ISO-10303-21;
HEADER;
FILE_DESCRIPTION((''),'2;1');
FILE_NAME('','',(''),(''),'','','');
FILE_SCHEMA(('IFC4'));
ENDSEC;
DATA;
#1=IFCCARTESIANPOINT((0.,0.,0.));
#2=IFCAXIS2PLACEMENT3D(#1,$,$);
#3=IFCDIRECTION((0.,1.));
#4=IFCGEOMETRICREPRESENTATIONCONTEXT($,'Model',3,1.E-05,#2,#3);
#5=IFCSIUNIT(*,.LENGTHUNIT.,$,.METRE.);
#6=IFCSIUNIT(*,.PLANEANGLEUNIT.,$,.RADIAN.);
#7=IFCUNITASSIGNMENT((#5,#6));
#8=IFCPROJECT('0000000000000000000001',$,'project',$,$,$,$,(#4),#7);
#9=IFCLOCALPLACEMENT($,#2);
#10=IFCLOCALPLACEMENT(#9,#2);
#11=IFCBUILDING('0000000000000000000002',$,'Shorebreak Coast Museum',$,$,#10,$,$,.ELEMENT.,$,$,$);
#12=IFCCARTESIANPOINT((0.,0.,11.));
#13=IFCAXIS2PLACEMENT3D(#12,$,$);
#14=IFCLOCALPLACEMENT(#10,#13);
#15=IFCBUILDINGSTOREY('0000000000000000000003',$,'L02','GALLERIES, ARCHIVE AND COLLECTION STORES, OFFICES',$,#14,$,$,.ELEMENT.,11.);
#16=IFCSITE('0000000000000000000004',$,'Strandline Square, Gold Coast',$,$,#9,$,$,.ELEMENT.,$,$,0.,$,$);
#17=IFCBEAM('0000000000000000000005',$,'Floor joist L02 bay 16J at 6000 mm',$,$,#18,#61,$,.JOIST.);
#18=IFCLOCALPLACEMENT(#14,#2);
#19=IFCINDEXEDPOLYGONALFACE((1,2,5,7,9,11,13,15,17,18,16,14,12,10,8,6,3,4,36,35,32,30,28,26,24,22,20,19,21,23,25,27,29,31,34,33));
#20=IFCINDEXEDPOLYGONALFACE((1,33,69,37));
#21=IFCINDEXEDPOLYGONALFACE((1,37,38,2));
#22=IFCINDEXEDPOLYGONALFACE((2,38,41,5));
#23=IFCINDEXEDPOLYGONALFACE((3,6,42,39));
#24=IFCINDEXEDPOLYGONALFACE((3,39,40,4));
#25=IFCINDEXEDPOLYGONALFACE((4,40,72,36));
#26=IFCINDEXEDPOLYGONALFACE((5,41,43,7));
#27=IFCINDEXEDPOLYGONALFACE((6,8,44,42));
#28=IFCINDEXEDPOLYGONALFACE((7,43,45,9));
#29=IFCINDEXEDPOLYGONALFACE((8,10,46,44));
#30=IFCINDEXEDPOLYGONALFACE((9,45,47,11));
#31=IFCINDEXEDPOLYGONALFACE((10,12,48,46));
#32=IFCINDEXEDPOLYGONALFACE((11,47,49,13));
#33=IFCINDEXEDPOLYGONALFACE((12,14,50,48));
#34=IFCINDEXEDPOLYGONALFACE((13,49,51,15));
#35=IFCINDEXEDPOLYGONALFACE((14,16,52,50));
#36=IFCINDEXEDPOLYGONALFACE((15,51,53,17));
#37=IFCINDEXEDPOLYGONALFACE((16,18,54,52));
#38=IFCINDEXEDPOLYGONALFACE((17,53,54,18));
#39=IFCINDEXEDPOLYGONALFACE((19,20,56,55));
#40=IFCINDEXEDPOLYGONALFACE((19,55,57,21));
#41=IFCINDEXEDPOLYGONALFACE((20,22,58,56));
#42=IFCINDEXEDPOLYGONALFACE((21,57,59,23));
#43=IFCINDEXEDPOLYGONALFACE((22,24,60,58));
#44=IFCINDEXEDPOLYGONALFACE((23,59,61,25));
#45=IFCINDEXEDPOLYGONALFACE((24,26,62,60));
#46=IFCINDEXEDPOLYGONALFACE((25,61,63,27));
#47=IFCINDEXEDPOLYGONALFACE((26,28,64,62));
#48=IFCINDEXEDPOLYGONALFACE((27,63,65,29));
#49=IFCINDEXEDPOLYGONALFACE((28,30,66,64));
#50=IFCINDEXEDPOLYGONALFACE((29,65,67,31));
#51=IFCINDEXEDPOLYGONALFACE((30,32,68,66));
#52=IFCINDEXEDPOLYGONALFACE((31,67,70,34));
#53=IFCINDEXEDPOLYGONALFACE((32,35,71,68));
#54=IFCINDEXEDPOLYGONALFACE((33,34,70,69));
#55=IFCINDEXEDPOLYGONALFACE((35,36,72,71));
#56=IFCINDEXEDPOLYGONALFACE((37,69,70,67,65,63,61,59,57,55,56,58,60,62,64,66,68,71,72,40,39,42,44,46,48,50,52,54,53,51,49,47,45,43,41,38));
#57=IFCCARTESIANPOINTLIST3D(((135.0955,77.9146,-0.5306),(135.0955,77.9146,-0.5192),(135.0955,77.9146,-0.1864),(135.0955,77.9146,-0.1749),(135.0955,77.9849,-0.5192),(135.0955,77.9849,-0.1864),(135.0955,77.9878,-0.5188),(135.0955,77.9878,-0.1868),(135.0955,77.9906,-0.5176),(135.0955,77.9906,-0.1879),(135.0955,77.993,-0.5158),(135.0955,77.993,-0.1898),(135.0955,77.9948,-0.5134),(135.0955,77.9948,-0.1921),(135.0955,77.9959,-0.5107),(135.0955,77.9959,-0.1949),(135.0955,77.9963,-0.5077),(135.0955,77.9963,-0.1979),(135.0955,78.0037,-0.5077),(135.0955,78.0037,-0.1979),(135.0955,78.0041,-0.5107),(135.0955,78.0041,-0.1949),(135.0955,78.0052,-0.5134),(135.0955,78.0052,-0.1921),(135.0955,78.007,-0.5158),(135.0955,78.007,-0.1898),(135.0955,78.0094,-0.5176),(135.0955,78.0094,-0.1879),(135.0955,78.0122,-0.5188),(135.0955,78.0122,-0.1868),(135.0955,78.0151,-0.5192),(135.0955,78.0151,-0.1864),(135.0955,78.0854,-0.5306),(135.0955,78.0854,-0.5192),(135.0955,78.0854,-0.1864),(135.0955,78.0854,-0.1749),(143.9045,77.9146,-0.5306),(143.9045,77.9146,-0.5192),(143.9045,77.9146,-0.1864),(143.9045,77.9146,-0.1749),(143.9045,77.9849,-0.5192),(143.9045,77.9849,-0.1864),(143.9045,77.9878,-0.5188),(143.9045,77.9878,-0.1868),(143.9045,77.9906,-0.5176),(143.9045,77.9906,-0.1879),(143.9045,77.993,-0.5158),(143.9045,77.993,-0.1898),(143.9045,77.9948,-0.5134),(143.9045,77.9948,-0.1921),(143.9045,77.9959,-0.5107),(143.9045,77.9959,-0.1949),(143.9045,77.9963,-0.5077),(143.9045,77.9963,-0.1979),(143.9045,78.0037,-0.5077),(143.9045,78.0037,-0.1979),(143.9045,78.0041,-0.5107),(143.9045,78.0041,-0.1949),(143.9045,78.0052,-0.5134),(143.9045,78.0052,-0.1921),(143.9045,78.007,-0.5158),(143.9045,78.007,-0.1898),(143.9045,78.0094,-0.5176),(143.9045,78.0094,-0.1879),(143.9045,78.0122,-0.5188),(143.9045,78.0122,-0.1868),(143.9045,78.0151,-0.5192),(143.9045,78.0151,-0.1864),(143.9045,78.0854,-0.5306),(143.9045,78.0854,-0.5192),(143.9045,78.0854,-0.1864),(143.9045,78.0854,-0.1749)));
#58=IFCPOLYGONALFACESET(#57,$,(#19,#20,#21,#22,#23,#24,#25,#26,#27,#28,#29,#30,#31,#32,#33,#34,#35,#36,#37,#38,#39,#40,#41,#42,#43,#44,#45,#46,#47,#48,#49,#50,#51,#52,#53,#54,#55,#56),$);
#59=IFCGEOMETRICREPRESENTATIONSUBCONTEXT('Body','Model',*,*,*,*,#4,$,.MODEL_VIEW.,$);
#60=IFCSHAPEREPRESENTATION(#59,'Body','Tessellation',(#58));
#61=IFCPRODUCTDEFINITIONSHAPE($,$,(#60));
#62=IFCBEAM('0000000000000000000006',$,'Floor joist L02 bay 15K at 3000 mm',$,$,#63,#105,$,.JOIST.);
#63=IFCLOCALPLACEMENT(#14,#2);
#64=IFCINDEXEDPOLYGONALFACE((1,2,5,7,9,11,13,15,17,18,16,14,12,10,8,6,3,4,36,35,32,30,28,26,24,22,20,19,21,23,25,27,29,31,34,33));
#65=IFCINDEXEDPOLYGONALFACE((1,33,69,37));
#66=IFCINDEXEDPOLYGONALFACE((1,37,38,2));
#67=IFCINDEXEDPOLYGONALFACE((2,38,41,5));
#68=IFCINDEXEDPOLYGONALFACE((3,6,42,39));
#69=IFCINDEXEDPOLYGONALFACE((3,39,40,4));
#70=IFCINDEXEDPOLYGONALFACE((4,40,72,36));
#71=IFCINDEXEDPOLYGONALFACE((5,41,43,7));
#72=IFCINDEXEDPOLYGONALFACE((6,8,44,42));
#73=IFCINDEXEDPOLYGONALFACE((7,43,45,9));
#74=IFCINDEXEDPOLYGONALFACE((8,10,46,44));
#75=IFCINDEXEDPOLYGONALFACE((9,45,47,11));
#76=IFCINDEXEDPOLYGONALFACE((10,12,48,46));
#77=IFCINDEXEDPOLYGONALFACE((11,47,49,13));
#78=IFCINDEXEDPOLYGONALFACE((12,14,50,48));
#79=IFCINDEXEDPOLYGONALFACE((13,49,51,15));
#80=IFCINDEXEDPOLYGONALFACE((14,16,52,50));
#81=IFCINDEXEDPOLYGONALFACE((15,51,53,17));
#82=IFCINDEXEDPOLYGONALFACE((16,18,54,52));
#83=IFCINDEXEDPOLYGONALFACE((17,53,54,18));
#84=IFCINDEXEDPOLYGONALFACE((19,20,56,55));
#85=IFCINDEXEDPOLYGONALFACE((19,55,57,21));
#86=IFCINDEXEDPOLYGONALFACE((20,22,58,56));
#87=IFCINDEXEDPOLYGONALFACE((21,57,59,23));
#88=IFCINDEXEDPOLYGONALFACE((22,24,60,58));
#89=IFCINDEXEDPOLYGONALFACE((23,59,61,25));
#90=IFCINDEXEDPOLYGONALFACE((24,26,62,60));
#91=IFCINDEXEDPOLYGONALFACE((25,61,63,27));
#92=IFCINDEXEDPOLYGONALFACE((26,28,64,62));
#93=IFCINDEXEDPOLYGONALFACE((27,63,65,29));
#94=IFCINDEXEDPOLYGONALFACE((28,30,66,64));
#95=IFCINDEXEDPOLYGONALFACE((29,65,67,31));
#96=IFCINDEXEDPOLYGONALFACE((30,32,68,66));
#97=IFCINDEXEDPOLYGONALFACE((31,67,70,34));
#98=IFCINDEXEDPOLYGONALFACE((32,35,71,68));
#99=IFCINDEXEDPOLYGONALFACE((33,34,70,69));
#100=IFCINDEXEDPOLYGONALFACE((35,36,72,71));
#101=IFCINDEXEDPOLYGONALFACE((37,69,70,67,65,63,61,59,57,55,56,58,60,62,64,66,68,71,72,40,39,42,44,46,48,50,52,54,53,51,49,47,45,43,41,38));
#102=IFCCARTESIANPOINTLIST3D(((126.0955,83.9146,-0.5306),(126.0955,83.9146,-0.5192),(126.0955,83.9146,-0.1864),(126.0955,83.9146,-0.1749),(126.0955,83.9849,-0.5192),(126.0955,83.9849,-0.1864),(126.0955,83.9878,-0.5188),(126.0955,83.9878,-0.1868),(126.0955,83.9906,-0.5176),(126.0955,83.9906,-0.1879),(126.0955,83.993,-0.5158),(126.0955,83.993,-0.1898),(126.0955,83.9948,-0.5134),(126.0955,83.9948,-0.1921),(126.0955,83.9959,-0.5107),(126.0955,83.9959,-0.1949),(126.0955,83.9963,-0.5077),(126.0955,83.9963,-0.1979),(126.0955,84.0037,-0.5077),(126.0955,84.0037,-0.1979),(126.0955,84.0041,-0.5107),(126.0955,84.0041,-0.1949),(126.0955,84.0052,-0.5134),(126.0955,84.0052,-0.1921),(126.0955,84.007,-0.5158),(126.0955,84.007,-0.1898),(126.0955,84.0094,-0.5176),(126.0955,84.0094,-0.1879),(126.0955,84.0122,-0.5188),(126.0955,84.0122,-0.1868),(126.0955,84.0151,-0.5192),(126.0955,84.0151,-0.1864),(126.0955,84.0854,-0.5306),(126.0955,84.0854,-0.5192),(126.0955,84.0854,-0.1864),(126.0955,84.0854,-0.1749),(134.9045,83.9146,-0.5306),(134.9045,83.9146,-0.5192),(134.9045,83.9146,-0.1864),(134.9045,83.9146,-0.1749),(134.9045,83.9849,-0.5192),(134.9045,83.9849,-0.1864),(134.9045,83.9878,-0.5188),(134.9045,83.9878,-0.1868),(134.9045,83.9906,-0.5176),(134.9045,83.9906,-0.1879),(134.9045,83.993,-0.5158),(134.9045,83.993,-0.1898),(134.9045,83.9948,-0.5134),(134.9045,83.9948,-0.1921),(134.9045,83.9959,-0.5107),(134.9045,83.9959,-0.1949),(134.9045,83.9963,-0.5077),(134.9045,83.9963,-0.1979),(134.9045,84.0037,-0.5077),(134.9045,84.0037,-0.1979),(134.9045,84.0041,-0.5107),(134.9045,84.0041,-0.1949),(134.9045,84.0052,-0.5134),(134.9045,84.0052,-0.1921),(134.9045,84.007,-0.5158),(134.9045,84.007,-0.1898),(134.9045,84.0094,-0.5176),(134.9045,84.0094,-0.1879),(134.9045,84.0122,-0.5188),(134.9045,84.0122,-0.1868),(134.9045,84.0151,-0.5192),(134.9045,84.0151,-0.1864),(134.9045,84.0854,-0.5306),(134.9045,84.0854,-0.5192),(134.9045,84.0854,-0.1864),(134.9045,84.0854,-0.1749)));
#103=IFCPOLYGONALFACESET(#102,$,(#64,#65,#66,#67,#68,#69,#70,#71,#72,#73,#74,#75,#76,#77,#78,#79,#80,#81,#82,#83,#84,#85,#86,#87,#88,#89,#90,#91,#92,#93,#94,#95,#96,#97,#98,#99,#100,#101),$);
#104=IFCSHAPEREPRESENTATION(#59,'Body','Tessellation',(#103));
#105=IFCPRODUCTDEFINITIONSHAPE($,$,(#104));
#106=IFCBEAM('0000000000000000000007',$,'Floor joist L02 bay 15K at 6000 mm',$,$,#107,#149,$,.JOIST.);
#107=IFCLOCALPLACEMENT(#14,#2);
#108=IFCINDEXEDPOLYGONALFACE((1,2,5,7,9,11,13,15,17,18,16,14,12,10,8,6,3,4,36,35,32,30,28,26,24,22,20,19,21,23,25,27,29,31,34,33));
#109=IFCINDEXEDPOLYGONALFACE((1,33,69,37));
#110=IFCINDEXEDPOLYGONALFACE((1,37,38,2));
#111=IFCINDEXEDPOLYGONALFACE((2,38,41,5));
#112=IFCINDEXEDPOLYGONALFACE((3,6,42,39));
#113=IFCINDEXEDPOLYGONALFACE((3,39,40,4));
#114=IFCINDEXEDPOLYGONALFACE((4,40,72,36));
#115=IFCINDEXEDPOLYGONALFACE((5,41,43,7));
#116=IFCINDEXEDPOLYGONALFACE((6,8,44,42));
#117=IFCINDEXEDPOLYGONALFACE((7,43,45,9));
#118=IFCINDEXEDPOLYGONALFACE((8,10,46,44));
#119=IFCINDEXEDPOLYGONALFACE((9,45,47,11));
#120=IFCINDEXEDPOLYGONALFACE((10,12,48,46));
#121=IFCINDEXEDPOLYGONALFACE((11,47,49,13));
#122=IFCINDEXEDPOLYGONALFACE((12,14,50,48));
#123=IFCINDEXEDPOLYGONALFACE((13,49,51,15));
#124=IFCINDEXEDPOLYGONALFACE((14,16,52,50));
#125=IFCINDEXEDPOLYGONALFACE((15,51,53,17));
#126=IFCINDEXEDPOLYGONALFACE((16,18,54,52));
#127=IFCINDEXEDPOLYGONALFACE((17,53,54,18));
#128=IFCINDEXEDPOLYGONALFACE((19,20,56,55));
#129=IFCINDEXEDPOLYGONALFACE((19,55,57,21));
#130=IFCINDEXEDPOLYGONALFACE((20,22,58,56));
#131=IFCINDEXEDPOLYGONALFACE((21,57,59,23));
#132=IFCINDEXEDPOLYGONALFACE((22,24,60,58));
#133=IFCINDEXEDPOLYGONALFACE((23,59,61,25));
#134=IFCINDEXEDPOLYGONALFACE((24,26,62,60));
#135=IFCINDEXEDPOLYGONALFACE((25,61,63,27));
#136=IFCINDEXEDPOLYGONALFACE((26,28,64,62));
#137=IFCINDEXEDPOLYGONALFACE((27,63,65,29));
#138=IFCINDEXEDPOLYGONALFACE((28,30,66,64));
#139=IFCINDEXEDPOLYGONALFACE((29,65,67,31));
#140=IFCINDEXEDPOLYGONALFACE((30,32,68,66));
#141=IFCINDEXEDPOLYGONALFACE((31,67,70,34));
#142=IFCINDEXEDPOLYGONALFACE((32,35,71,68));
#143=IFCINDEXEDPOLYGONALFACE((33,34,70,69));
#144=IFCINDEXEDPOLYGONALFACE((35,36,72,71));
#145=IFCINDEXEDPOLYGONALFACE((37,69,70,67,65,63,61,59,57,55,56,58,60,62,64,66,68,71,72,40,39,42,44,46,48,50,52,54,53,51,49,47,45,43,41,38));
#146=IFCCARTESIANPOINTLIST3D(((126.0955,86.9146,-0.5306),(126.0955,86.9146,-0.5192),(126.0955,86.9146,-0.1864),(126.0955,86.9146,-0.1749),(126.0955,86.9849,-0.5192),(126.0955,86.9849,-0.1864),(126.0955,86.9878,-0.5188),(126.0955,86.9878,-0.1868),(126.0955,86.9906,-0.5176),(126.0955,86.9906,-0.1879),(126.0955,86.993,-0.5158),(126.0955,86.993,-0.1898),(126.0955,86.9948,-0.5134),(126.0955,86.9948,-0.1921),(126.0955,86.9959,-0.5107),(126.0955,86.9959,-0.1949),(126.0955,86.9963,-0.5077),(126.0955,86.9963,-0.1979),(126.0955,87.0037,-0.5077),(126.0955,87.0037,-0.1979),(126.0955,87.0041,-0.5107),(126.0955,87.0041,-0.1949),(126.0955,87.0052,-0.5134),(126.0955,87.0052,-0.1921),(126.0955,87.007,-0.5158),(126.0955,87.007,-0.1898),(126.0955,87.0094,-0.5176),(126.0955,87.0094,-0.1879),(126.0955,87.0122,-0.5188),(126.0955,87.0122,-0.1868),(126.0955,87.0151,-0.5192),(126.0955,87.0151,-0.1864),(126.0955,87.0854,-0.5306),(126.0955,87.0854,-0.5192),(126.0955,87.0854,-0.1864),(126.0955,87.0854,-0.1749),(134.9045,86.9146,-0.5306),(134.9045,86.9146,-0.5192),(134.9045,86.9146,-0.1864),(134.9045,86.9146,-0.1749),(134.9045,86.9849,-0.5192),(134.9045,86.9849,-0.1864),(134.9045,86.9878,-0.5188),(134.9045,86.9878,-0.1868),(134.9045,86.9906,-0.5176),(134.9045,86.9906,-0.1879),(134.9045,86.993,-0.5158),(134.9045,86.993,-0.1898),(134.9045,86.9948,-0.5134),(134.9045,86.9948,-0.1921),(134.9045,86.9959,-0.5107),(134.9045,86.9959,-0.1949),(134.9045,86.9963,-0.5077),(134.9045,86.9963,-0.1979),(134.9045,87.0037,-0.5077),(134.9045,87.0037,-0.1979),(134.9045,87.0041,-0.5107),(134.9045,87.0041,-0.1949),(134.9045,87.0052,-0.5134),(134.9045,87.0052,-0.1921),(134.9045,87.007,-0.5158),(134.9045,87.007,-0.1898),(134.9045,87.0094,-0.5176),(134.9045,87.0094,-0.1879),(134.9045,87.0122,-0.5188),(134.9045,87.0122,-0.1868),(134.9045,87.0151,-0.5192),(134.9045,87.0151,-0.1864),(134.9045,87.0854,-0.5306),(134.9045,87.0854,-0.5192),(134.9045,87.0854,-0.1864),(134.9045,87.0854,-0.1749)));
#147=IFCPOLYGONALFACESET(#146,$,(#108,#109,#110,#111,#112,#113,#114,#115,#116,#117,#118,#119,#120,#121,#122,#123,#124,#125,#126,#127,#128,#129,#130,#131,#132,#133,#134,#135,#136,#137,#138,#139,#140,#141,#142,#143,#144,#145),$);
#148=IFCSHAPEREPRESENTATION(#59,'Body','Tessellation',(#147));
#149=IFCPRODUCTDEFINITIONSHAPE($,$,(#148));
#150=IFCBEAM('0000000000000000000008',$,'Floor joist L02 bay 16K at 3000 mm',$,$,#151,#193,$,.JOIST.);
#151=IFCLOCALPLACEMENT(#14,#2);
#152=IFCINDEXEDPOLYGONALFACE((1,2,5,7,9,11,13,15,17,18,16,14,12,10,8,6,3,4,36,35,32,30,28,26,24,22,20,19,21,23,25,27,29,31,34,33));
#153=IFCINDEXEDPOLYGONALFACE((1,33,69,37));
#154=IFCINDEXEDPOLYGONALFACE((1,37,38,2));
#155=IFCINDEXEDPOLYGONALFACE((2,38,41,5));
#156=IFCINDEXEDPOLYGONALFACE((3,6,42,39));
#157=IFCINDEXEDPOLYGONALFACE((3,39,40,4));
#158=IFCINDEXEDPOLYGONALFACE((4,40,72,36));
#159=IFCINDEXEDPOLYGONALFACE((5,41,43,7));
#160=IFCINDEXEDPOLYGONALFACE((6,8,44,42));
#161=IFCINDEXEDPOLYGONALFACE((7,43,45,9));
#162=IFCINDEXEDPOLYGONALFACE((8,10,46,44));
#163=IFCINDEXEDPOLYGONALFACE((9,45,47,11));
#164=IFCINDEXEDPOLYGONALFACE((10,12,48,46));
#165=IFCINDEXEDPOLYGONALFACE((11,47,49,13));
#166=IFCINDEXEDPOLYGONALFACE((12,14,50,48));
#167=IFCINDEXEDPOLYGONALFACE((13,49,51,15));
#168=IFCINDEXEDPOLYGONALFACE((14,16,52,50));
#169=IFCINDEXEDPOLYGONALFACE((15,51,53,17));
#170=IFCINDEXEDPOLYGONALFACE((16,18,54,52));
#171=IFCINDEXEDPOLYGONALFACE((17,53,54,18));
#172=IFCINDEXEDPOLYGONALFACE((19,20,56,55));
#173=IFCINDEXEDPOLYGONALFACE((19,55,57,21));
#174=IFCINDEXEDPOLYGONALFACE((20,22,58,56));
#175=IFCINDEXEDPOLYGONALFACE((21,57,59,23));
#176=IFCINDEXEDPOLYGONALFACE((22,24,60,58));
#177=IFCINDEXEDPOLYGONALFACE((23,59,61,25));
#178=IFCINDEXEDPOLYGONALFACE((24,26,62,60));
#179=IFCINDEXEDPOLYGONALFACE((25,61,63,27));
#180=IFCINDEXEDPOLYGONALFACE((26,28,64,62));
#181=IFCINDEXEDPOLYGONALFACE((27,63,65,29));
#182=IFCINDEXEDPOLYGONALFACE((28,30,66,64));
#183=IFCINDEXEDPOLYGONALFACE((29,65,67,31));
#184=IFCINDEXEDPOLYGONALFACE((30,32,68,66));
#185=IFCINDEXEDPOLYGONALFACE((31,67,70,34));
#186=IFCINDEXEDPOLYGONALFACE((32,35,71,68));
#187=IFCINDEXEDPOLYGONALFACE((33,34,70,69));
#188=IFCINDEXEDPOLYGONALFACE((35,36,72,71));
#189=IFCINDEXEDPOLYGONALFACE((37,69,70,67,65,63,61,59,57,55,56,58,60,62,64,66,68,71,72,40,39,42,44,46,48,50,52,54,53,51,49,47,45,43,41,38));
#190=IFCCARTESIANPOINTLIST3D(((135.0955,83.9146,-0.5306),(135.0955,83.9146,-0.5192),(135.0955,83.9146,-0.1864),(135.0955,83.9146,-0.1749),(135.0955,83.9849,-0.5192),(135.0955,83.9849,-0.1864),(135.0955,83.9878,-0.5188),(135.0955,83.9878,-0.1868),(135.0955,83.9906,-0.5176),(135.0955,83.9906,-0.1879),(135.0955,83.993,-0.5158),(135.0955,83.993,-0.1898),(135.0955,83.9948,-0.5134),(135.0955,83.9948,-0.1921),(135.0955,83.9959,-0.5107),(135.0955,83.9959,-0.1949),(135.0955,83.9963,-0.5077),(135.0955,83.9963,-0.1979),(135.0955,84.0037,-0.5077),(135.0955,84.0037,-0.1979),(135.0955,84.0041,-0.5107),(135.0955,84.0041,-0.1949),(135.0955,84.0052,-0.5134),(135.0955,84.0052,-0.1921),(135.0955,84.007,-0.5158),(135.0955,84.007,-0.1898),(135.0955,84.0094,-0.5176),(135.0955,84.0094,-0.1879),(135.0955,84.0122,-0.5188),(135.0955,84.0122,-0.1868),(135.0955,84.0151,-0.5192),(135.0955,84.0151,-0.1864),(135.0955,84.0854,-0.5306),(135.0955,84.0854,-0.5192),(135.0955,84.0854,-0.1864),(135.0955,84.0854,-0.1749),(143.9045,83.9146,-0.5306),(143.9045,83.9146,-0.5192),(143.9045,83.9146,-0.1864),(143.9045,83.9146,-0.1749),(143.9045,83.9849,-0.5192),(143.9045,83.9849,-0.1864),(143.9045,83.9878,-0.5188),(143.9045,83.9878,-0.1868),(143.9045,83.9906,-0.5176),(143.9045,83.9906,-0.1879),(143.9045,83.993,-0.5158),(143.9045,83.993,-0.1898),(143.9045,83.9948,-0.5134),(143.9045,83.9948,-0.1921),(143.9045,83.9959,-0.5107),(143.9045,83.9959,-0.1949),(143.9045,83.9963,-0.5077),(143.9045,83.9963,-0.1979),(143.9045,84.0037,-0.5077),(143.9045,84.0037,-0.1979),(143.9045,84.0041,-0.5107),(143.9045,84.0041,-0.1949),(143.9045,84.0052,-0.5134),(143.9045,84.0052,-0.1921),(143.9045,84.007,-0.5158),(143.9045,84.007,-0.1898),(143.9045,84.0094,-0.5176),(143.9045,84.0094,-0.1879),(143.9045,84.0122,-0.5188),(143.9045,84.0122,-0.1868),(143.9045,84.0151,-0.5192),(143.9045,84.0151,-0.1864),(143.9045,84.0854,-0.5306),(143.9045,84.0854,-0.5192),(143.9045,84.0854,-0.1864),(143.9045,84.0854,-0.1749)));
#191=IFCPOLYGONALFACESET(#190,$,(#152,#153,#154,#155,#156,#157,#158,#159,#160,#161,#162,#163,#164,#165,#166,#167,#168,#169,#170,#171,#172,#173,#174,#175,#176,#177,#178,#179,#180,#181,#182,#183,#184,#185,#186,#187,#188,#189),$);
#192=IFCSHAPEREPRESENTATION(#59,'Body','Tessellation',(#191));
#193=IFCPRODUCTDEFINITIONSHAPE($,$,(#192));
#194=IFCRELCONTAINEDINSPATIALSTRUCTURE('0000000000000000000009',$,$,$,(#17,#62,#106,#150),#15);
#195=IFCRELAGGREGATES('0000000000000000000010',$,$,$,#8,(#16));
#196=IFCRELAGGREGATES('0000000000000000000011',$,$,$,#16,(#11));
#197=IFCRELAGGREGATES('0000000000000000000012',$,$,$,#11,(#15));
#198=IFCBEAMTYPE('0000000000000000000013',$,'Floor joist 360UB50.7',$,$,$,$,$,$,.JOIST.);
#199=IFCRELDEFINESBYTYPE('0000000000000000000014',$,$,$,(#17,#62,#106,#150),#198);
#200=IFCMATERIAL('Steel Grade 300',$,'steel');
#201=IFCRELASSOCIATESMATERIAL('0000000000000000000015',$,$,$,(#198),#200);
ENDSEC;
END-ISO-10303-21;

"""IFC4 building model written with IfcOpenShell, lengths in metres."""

from ifc_helpers import new_model, si_unit, direction, frame, origin, origin_2d, place, context, subcontext, project, spatial, i_section, extrude, material, material_profile, profile_set, type_object, element, save


model = new_model("IFC4")

# Units and contexts
model_context = context("Model", 3, precision=1e-05, world=origin(), true_north=direction((0.0, 1.0)))
body_context = subcontext(model_context, "Body", "Model", "MODEL_VIEW")
ifc_project = project(units=[si_unit("LENGTHUNIT", "METRE"), si_unit("PLANEANGLEUNIT", "RADIAN")], contexts=[model_context])

# Site, building, storey
site_placement = place(None, origin())
site = spatial("IfcSite", under=ifc_project, at=site_placement, Name="Strandline Square, Gold Coast", CompositionType="ELEMENT", RefElevation=0.0)
building_placement = place(site_placement, origin())
building = spatial("IfcBuilding", under=site, at=building_placement, Name="Shorebreak Coast Museum", CompositionType="ELEMENT")
storey_placement = place(building_placement, frame((0.0, 0.0, 11.0)))
storey = spatial("IfcBuildingStorey", under=building, at=storey_placement, Name="L02", Description="GALLERIES, ARCHIVE AND COLLECTION STORES, OFFICES", CompositionType="ELEMENT", Elevation=11.0)

# Beams
ifc_material_1 = material(Name="Steel Grade 300", Category="steel")
ifc_material_profile_1 = material_profile(ifc_material_1, i_section(OverallWidth=0.1709, OverallDepth=0.3557, WebThickness=0.0073, FlangeThickness=0.0115, FilletRadius=0.0115, at=origin_2d()), Name="360UB50.7")
ifc_profile_set_1 = profile_set([ifc_material_profile_1], Name="Steel Grade 300")
beam_type_1 = type_object("IfcBeamType", Name="Floor joist 360UB50.7", PredefinedType="JOIST", material=ifc_profile_set_1)
for number, where, z_axis, x_axis, name in (
    (1, (135.0955, 78.0, -0.3528), (1.0, 0.0, 0.0), (0.0, 1.0, 0.0), "Floor joist L02 bay 16J at 6000 mm"),
    (2, (126.0955, 84.0, -0.3528), (1.0, 0.0, 0.0), (0.0, 1.0, 0.0), "Floor joist L02 bay 15K at 3000 mm"),
    (3, (126.0955, 87.0, -0.3528), (1.0, 0.0, 0.0), (0.0, 1.0, 0.0), "Floor joist L02 bay 15K at 6000 mm"),
    (4, (135.0955, 84.0, -0.3528), (1.0, 0.0, 0.0), (0.0, 1.0, 0.0), "Floor joist L02 bay 16K at 3000 mm"),
):
    element("IfcBeam", number, at=place(storey_placement, frame(where, z_axis=z_axis, x_axis=x_axis)), inside=storey, type_object=beam_type_1, Name=name, PredefinedType="JOIST", context=body_context, shape_type="SweptSolid", body=[
        extrude(i_section(OverallWidth=0.1709, OverallDepth=0.3557, WebThickness=0.0073, FlangeThickness=0.0115, FilletRadius=0.0115, at=origin_2d()), origin(), (0.0, 0.0, 1.0), 8.8091),
    ])

save(model, "model.ifc")
